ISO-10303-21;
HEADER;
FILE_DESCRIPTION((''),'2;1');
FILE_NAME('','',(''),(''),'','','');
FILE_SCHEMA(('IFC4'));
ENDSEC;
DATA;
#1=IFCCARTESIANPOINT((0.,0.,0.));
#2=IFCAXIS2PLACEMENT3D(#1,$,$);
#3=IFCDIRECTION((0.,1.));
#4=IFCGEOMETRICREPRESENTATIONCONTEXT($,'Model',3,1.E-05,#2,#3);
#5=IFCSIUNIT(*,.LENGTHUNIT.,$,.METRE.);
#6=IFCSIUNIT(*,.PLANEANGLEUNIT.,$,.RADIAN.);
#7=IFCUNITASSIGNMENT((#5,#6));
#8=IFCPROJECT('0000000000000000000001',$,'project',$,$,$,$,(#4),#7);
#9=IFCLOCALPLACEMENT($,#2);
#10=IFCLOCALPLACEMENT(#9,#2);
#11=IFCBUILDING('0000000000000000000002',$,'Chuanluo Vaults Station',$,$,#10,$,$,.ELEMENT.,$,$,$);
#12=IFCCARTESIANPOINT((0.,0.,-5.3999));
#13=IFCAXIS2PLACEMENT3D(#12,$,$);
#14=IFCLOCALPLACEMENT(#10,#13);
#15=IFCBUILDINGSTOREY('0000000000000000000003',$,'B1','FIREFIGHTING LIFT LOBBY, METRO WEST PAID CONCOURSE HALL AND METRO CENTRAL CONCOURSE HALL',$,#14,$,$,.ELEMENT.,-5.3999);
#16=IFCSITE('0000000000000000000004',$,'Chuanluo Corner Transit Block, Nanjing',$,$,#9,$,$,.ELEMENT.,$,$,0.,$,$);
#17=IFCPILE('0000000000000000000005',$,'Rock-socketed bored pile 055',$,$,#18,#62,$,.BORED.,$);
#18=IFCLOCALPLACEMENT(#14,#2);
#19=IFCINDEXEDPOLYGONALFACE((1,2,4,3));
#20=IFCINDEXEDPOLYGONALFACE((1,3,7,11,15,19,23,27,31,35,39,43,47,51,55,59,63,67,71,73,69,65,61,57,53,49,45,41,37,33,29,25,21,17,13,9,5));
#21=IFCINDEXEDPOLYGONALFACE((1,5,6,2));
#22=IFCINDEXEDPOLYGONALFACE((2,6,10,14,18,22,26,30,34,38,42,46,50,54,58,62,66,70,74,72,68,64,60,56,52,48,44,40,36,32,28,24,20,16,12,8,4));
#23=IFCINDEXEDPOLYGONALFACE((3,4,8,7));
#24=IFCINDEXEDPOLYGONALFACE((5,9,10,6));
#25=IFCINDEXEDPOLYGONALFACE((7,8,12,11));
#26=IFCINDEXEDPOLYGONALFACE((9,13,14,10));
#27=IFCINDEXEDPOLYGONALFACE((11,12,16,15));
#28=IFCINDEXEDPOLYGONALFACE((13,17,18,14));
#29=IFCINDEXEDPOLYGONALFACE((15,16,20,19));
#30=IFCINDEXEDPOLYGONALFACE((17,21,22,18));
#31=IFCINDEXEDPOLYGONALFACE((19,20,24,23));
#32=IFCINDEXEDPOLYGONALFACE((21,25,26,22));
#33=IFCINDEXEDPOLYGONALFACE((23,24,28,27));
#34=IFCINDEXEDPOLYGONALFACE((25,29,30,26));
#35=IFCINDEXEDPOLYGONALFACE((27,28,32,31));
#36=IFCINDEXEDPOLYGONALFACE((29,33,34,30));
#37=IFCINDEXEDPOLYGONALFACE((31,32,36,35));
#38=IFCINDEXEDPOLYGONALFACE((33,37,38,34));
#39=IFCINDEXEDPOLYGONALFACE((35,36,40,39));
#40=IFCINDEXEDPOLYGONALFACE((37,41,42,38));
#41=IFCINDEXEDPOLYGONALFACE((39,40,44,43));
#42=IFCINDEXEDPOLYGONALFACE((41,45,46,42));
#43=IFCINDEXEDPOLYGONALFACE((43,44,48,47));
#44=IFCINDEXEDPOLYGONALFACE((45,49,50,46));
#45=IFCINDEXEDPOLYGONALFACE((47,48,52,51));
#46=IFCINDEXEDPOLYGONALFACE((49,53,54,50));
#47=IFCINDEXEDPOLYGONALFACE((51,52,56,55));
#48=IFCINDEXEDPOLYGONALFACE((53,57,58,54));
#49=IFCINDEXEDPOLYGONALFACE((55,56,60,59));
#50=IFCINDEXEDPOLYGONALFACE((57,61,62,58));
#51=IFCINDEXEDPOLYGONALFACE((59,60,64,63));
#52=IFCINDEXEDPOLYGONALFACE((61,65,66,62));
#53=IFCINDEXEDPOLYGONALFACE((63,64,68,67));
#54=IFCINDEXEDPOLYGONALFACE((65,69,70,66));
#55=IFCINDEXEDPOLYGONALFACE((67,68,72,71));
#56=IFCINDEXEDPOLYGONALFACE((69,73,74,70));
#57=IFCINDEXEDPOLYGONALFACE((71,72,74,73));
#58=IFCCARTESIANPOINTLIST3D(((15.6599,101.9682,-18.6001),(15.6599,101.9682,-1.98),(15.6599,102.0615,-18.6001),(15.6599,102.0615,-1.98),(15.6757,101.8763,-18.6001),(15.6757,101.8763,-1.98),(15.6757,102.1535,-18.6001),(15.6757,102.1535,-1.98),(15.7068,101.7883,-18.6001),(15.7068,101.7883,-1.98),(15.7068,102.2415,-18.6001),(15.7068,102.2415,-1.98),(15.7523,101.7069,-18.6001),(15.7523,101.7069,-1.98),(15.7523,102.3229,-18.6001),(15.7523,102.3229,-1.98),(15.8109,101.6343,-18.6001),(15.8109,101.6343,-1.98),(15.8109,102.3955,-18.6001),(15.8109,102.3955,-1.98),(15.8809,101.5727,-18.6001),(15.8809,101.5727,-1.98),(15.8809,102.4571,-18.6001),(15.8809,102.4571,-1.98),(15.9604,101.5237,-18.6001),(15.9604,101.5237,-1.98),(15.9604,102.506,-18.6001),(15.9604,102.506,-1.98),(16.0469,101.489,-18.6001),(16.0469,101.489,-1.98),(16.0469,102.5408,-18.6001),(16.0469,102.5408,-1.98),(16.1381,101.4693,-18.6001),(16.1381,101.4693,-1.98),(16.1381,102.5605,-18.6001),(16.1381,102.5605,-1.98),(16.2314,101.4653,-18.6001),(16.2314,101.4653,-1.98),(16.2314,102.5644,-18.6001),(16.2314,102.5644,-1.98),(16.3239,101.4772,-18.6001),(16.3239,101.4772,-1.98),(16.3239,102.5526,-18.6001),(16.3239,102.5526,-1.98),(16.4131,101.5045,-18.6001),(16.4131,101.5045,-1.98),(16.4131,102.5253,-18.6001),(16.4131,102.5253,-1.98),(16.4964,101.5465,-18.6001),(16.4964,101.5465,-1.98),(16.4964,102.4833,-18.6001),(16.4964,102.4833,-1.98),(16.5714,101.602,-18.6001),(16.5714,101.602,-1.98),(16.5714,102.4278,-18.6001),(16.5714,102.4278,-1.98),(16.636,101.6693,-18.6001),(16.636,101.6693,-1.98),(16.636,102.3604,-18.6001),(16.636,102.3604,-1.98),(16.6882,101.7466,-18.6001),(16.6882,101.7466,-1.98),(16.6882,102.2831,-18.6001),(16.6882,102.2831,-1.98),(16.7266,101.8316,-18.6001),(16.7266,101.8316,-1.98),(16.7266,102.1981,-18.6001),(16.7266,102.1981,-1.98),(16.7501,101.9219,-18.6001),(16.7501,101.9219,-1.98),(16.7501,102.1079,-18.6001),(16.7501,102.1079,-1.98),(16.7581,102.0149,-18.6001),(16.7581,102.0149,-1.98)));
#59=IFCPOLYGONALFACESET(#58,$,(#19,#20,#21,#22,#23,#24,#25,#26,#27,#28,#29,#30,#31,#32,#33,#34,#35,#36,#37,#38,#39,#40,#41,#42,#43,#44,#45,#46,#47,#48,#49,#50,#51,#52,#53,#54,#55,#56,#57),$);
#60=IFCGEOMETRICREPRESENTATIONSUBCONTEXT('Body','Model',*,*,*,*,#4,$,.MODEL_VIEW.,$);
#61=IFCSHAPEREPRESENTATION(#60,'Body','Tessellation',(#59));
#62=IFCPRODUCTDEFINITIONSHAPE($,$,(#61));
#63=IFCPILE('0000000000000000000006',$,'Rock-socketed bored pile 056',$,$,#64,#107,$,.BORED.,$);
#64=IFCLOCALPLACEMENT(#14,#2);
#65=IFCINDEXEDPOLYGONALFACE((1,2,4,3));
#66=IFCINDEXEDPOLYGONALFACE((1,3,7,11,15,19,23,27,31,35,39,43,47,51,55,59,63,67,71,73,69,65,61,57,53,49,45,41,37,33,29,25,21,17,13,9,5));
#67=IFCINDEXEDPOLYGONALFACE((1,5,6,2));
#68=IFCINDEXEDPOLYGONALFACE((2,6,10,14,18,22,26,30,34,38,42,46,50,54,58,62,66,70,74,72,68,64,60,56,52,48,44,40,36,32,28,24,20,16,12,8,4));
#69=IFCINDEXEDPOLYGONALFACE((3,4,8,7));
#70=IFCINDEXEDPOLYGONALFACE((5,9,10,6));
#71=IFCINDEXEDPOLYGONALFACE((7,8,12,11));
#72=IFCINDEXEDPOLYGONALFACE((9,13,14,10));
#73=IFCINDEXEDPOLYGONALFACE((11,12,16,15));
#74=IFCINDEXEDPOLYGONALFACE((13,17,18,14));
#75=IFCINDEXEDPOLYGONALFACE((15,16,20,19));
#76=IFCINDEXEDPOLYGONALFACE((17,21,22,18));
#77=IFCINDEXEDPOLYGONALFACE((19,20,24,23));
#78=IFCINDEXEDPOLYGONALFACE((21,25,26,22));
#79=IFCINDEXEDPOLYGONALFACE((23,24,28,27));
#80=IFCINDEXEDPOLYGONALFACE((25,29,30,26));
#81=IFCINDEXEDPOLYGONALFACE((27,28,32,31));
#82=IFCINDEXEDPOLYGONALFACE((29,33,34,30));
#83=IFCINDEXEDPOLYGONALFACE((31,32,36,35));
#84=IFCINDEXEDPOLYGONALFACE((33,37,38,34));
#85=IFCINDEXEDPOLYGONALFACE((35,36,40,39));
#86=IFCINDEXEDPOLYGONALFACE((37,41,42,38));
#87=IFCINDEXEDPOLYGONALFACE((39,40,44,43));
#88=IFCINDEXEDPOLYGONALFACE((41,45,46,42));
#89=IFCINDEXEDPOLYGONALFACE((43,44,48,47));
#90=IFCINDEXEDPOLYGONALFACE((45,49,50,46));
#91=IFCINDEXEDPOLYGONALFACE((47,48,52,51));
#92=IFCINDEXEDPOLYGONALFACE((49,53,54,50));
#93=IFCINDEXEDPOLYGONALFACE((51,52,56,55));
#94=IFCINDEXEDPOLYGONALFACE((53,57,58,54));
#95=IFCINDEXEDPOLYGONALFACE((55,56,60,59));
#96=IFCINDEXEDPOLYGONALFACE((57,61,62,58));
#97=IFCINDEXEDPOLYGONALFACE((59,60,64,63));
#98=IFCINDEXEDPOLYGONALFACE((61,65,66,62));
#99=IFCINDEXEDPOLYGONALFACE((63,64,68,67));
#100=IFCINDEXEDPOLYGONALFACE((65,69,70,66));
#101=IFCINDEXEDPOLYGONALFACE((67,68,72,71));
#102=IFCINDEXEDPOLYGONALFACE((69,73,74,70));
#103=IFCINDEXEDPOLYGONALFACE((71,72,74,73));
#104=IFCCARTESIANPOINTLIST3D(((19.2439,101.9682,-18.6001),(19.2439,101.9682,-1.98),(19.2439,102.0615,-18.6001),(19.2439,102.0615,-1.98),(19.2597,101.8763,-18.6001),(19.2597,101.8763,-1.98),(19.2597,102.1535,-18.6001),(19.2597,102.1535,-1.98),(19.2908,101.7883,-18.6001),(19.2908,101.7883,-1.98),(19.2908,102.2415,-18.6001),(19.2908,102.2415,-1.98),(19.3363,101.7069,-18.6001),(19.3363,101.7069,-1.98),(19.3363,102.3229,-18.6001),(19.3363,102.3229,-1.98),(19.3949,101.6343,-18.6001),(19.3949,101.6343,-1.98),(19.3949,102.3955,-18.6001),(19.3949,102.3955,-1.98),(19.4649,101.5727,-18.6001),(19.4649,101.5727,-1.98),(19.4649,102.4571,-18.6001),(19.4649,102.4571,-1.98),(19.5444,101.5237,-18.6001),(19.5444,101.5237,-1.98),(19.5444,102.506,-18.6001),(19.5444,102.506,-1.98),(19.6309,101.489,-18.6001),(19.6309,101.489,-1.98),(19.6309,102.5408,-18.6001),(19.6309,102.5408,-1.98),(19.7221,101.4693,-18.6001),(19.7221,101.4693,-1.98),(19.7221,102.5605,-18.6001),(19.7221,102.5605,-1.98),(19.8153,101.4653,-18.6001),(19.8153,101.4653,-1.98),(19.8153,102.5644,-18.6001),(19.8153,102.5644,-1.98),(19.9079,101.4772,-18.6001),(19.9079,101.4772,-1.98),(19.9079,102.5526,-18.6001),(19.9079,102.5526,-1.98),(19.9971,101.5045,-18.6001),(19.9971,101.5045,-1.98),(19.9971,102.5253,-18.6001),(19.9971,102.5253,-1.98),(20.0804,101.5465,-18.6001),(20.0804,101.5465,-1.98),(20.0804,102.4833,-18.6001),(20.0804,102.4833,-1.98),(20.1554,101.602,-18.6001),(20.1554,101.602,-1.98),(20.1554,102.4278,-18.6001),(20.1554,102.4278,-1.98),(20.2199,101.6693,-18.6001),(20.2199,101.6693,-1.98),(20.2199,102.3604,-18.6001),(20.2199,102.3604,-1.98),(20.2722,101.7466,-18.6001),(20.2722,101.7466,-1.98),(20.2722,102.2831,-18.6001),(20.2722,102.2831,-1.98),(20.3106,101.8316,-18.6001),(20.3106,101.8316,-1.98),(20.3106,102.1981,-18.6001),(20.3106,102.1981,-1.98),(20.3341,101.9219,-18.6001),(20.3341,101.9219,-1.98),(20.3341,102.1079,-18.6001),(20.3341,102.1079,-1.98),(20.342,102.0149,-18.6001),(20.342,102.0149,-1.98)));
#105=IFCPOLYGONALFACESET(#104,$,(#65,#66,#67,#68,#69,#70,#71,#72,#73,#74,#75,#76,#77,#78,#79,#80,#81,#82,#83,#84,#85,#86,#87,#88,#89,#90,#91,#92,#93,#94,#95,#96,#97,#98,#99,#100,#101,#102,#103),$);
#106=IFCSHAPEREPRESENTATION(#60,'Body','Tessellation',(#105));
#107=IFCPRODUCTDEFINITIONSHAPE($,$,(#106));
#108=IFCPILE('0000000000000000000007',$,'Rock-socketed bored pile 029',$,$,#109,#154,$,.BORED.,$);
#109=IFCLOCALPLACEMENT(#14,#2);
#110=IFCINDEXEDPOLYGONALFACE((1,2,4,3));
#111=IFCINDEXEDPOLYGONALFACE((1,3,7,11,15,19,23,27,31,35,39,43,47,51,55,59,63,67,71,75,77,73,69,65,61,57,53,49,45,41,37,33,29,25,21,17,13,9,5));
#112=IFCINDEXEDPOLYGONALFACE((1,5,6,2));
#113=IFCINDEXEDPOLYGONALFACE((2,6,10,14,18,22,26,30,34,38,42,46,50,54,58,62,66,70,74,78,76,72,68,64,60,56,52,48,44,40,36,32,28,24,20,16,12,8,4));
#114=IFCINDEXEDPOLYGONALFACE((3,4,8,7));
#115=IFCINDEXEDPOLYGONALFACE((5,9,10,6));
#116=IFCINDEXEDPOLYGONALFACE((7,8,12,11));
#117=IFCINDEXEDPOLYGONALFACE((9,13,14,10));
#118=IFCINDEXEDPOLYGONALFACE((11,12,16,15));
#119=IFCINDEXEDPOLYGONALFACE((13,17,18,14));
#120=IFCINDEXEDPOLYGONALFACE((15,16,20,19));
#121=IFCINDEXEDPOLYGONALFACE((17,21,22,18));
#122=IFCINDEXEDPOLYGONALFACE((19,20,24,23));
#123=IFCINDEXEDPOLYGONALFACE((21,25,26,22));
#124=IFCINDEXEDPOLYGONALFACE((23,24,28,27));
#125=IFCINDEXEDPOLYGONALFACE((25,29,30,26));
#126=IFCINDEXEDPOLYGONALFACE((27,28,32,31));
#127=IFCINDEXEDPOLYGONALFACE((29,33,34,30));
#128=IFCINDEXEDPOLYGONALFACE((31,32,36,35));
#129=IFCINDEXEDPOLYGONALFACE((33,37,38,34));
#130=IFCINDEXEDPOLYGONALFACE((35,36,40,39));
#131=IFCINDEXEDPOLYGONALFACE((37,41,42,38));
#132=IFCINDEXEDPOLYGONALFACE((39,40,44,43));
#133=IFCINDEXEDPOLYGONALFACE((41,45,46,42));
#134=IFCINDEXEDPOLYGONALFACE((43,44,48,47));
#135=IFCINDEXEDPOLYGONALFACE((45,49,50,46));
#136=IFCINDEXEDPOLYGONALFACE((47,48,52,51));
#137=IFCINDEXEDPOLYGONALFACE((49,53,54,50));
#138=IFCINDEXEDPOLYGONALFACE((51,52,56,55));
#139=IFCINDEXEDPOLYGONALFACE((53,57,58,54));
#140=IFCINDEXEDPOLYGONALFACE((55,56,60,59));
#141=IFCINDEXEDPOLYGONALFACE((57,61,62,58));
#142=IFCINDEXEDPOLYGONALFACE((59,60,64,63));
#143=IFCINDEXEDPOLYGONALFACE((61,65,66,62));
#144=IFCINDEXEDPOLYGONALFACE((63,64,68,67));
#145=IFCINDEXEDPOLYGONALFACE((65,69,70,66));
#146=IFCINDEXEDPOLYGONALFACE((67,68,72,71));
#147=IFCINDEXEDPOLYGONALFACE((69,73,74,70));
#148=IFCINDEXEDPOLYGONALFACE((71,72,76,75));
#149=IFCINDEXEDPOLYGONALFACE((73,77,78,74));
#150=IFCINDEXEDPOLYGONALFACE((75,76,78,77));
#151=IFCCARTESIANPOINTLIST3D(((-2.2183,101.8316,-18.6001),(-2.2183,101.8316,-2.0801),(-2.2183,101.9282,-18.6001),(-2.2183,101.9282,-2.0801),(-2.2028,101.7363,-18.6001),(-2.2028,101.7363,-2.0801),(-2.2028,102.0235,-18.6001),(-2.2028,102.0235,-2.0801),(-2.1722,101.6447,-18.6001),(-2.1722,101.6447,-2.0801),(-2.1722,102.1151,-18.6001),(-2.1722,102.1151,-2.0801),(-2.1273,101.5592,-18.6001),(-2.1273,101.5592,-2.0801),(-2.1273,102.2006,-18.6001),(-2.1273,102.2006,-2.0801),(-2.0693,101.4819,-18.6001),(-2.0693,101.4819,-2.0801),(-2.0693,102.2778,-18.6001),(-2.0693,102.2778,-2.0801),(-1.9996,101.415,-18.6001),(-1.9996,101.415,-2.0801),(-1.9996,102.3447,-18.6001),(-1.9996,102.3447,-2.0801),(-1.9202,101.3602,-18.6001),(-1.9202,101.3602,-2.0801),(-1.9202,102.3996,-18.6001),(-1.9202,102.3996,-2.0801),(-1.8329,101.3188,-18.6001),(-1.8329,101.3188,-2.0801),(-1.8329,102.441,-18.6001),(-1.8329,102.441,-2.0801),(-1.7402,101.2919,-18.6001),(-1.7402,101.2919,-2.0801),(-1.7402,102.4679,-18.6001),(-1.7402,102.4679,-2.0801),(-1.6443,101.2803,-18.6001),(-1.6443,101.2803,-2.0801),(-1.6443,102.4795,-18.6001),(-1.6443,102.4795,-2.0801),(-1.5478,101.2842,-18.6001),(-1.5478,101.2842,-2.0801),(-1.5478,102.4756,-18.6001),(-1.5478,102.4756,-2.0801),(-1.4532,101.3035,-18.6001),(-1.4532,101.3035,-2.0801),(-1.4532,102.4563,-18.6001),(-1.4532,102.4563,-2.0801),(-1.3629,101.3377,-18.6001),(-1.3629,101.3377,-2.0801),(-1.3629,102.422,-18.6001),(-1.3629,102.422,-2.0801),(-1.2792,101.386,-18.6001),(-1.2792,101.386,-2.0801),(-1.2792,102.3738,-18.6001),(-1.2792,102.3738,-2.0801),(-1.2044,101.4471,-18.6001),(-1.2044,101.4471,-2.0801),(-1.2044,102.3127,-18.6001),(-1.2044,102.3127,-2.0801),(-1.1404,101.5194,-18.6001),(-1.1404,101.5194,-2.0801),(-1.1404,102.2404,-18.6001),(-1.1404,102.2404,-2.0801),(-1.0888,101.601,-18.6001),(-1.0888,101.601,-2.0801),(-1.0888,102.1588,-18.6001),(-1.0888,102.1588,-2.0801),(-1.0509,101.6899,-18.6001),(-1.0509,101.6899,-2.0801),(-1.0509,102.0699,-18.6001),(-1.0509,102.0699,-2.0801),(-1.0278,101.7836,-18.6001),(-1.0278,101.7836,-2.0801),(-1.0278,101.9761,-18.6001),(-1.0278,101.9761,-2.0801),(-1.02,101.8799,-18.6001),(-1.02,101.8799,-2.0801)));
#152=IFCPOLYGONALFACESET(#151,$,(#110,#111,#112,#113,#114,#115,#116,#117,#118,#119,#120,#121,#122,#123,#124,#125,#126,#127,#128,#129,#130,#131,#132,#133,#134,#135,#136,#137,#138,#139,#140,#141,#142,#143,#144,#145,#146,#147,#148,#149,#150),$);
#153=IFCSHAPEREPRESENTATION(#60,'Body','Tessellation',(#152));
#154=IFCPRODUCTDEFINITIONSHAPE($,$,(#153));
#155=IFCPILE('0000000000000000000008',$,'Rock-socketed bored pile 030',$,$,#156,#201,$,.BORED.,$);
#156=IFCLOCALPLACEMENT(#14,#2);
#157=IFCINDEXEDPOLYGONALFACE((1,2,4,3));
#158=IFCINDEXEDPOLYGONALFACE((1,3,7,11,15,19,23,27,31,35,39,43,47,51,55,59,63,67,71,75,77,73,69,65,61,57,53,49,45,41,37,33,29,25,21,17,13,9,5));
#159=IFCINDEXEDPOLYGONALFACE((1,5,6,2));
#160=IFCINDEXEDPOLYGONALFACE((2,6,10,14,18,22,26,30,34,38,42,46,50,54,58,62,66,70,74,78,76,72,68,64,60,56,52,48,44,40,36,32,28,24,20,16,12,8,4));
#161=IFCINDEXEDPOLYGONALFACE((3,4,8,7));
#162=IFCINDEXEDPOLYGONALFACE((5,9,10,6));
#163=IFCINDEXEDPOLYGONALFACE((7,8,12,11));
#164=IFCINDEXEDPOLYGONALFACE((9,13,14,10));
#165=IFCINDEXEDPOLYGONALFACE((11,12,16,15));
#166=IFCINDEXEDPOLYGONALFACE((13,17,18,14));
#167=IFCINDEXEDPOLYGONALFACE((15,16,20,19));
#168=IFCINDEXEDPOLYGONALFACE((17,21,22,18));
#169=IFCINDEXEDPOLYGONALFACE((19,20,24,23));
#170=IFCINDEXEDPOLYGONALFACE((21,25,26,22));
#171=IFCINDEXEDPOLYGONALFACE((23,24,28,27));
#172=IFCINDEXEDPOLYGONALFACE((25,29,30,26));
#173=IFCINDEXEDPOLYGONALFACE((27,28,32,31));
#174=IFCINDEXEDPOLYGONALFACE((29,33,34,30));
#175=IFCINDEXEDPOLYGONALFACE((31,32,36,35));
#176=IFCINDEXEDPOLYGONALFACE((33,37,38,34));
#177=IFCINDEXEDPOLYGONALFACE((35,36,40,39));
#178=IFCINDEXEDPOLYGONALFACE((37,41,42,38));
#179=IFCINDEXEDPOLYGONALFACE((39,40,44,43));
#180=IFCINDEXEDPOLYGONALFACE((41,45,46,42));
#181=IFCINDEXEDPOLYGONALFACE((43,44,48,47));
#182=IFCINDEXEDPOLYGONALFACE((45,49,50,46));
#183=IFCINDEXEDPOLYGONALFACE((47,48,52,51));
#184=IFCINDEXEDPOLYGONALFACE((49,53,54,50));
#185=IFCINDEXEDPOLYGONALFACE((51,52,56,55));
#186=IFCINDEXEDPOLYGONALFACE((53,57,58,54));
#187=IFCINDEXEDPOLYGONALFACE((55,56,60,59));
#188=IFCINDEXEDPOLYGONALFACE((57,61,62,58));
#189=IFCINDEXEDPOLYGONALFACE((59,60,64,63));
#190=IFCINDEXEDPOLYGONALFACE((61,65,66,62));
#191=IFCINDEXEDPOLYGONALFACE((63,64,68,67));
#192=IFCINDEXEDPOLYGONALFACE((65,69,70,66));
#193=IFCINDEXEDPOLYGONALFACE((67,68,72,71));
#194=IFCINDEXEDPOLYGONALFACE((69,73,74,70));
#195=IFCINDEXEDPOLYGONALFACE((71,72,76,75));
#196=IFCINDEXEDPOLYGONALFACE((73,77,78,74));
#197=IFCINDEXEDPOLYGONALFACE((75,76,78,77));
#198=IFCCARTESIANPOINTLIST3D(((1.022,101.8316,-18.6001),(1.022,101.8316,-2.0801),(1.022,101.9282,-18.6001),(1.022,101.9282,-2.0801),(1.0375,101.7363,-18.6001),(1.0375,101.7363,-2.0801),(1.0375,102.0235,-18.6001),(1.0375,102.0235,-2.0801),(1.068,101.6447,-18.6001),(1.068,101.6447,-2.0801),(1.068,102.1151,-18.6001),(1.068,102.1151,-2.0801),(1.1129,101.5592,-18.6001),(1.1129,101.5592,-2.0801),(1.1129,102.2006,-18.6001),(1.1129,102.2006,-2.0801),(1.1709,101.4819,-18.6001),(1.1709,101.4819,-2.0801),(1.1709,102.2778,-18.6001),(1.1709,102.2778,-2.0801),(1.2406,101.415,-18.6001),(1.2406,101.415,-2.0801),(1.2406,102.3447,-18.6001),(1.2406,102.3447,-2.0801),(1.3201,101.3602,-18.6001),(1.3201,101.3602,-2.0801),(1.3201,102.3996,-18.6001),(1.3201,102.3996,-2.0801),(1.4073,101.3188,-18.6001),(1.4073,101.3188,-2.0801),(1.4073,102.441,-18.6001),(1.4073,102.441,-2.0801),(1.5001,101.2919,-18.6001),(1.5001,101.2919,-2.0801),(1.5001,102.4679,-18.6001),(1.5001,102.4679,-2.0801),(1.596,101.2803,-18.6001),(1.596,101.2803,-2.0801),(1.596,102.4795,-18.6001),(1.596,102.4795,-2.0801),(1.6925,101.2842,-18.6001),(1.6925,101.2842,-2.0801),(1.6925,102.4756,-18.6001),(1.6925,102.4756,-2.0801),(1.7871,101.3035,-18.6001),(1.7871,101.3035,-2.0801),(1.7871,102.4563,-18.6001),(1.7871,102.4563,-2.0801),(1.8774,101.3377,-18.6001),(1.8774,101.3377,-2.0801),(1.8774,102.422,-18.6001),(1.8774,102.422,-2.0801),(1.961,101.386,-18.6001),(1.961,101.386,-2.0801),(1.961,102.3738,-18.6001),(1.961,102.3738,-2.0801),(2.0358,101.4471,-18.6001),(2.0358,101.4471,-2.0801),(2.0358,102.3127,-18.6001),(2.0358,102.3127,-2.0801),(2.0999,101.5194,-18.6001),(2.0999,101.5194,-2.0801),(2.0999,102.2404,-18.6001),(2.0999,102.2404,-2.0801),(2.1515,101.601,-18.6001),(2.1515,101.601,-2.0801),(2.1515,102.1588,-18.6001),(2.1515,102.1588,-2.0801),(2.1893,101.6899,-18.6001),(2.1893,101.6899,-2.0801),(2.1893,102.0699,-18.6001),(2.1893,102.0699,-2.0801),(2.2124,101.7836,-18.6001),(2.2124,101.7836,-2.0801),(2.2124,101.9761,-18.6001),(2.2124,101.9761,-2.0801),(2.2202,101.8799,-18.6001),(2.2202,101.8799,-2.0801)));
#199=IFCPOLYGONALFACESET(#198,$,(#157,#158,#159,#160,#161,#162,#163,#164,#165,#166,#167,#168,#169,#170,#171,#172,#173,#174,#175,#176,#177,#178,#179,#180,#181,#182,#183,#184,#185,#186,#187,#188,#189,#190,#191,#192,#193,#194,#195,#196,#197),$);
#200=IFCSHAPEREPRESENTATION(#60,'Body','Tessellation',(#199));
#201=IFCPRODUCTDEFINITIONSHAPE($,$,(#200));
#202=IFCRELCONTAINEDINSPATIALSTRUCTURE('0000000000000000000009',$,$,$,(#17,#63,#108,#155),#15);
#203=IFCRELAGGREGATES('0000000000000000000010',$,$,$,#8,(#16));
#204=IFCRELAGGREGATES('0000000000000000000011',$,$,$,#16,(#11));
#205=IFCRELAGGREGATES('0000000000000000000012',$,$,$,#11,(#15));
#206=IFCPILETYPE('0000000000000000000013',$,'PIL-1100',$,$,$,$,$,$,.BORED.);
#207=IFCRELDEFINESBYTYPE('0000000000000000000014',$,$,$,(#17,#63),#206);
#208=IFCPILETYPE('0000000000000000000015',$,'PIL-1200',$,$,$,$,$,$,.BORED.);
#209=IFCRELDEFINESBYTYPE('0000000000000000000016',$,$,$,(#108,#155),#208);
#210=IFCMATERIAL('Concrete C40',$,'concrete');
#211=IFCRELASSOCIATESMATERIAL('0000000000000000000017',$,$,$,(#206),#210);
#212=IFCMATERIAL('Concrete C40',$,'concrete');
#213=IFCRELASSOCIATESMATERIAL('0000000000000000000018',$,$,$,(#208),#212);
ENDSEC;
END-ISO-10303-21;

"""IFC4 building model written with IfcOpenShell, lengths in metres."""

from ifc_helpers import new_model, si_unit, direction, frame, origin, origin_2d, place, context, subcontext, project, spatial, circle, extrude, material, material_profile, profile_set, type_object, element, save


model = new_model("IFC4")

# Units and contexts
model_context = context("Model", 3, precision=1e-05, world=origin(), true_north=direction((0.0, 1.0)))
body_context = subcontext(model_context, "Body", "Model", "MODEL_VIEW")
ifc_project = project(units=[si_unit("LENGTHUNIT", "METRE"), si_unit("PLANEANGLEUNIT", "RADIAN")], contexts=[model_context])

# Site, building, storey
site_placement = place(None, origin())
site = spatial("IfcSite", under=ifc_project, at=site_placement, Name="Chuanluo Corner Transit Block, Nanjing", CompositionType="ELEMENT", RefElevation=0.0)
building_placement = place(site_placement, origin())
building = spatial("IfcBuilding", under=site, at=building_placement, Name="Chuanluo Vaults Station", CompositionType="ELEMENT")
storey_placement = place(building_placement, frame((0.0, 0.0, -5.3999)))
storey = spatial("IfcBuildingStorey", under=building, at=storey_placement, Name="B1", Description="FIREFIGHTING LIFT LOBBY, METRO WEST PAID CONCOURSE HALL AND METRO CENTRAL CONCOURSE HALL", CompositionType="ELEMENT", Elevation=-5.3999)

# Piles
ifc_material_1 = material(Name="Concrete C40", Category="concrete")
ifc_material_profile_1 = material_profile(ifc_material_1, circle(Radius=0.55, at=origin_2d()))
ifc_profile_set_1 = profile_set([ifc_material_profile_1], Name="Concrete C40")
pile_type_1 = type_object("IfcPileType", Name="PIL-1100", PredefinedType="BORED", material=ifc_profile_set_1)
for number, where, z_axis, x_axis, name in (
    (1, (16.208, 102.0149, -1.98), (0.0, 0.0, -1.0), (1.0, 0.0, 0.0), "Rock-socketed bored pile 055"),
    (2, (19.792, 102.0149, -1.98), (0.0, 0.0, -1.0), (1.0, 0.0, 0.0), "Rock-socketed bored pile 056"),
):
    element("IfcPile", number, at=place(storey_placement, frame(where, z_axis=z_axis, x_axis=x_axis)), inside=storey, type_object=pile_type_1, Name=name, PredefinedType="BORED", context=body_context, shape_type="SweptSolid", body=[
        extrude(circle(Radius=0.55, at=origin_2d()), origin(), (0.0, 0.0, 1.0), 16.6201),
    ])
ifc_material_2 = material(Name="Concrete C40", Category="concrete")
ifc_material_profile_2 = material_profile(ifc_material_2, circle(Radius=0.6001, at=origin_2d()))
ifc_profile_set_2 = profile_set([ifc_material_profile_2], Name="Concrete C40")
pile_type_2 = type_object("IfcPileType", Name="PIL-1200", PredefinedType="BORED", material=ifc_profile_set_2)
for number, where, z_axis, x_axis, name in (
    (3, (-1.6201, 101.8799, -2.0801), (0.0, 0.0, -1.0), (1.0, 0.0, 0.0), "Rock-socketed bored pile 029"),
    (4, (1.6201, 101.8799, -2.0801), (0.0, 0.0, -1.0), (1.0, 0.0, 0.0), "Rock-socketed bored pile 030"),
):
    element("IfcPile", number, at=place(storey_placement, frame(where, z_axis=z_axis, x_axis=x_axis)), inside=storey, type_object=pile_type_2, Name=name, PredefinedType="BORED", context=body_context, shape_type="SweptSolid", body=[
        extrude(circle(Radius=0.6001, at=origin_2d()), origin(), (0.0, 0.0, 1.0), 16.52),
    ])

save(model, "model.ifc")
